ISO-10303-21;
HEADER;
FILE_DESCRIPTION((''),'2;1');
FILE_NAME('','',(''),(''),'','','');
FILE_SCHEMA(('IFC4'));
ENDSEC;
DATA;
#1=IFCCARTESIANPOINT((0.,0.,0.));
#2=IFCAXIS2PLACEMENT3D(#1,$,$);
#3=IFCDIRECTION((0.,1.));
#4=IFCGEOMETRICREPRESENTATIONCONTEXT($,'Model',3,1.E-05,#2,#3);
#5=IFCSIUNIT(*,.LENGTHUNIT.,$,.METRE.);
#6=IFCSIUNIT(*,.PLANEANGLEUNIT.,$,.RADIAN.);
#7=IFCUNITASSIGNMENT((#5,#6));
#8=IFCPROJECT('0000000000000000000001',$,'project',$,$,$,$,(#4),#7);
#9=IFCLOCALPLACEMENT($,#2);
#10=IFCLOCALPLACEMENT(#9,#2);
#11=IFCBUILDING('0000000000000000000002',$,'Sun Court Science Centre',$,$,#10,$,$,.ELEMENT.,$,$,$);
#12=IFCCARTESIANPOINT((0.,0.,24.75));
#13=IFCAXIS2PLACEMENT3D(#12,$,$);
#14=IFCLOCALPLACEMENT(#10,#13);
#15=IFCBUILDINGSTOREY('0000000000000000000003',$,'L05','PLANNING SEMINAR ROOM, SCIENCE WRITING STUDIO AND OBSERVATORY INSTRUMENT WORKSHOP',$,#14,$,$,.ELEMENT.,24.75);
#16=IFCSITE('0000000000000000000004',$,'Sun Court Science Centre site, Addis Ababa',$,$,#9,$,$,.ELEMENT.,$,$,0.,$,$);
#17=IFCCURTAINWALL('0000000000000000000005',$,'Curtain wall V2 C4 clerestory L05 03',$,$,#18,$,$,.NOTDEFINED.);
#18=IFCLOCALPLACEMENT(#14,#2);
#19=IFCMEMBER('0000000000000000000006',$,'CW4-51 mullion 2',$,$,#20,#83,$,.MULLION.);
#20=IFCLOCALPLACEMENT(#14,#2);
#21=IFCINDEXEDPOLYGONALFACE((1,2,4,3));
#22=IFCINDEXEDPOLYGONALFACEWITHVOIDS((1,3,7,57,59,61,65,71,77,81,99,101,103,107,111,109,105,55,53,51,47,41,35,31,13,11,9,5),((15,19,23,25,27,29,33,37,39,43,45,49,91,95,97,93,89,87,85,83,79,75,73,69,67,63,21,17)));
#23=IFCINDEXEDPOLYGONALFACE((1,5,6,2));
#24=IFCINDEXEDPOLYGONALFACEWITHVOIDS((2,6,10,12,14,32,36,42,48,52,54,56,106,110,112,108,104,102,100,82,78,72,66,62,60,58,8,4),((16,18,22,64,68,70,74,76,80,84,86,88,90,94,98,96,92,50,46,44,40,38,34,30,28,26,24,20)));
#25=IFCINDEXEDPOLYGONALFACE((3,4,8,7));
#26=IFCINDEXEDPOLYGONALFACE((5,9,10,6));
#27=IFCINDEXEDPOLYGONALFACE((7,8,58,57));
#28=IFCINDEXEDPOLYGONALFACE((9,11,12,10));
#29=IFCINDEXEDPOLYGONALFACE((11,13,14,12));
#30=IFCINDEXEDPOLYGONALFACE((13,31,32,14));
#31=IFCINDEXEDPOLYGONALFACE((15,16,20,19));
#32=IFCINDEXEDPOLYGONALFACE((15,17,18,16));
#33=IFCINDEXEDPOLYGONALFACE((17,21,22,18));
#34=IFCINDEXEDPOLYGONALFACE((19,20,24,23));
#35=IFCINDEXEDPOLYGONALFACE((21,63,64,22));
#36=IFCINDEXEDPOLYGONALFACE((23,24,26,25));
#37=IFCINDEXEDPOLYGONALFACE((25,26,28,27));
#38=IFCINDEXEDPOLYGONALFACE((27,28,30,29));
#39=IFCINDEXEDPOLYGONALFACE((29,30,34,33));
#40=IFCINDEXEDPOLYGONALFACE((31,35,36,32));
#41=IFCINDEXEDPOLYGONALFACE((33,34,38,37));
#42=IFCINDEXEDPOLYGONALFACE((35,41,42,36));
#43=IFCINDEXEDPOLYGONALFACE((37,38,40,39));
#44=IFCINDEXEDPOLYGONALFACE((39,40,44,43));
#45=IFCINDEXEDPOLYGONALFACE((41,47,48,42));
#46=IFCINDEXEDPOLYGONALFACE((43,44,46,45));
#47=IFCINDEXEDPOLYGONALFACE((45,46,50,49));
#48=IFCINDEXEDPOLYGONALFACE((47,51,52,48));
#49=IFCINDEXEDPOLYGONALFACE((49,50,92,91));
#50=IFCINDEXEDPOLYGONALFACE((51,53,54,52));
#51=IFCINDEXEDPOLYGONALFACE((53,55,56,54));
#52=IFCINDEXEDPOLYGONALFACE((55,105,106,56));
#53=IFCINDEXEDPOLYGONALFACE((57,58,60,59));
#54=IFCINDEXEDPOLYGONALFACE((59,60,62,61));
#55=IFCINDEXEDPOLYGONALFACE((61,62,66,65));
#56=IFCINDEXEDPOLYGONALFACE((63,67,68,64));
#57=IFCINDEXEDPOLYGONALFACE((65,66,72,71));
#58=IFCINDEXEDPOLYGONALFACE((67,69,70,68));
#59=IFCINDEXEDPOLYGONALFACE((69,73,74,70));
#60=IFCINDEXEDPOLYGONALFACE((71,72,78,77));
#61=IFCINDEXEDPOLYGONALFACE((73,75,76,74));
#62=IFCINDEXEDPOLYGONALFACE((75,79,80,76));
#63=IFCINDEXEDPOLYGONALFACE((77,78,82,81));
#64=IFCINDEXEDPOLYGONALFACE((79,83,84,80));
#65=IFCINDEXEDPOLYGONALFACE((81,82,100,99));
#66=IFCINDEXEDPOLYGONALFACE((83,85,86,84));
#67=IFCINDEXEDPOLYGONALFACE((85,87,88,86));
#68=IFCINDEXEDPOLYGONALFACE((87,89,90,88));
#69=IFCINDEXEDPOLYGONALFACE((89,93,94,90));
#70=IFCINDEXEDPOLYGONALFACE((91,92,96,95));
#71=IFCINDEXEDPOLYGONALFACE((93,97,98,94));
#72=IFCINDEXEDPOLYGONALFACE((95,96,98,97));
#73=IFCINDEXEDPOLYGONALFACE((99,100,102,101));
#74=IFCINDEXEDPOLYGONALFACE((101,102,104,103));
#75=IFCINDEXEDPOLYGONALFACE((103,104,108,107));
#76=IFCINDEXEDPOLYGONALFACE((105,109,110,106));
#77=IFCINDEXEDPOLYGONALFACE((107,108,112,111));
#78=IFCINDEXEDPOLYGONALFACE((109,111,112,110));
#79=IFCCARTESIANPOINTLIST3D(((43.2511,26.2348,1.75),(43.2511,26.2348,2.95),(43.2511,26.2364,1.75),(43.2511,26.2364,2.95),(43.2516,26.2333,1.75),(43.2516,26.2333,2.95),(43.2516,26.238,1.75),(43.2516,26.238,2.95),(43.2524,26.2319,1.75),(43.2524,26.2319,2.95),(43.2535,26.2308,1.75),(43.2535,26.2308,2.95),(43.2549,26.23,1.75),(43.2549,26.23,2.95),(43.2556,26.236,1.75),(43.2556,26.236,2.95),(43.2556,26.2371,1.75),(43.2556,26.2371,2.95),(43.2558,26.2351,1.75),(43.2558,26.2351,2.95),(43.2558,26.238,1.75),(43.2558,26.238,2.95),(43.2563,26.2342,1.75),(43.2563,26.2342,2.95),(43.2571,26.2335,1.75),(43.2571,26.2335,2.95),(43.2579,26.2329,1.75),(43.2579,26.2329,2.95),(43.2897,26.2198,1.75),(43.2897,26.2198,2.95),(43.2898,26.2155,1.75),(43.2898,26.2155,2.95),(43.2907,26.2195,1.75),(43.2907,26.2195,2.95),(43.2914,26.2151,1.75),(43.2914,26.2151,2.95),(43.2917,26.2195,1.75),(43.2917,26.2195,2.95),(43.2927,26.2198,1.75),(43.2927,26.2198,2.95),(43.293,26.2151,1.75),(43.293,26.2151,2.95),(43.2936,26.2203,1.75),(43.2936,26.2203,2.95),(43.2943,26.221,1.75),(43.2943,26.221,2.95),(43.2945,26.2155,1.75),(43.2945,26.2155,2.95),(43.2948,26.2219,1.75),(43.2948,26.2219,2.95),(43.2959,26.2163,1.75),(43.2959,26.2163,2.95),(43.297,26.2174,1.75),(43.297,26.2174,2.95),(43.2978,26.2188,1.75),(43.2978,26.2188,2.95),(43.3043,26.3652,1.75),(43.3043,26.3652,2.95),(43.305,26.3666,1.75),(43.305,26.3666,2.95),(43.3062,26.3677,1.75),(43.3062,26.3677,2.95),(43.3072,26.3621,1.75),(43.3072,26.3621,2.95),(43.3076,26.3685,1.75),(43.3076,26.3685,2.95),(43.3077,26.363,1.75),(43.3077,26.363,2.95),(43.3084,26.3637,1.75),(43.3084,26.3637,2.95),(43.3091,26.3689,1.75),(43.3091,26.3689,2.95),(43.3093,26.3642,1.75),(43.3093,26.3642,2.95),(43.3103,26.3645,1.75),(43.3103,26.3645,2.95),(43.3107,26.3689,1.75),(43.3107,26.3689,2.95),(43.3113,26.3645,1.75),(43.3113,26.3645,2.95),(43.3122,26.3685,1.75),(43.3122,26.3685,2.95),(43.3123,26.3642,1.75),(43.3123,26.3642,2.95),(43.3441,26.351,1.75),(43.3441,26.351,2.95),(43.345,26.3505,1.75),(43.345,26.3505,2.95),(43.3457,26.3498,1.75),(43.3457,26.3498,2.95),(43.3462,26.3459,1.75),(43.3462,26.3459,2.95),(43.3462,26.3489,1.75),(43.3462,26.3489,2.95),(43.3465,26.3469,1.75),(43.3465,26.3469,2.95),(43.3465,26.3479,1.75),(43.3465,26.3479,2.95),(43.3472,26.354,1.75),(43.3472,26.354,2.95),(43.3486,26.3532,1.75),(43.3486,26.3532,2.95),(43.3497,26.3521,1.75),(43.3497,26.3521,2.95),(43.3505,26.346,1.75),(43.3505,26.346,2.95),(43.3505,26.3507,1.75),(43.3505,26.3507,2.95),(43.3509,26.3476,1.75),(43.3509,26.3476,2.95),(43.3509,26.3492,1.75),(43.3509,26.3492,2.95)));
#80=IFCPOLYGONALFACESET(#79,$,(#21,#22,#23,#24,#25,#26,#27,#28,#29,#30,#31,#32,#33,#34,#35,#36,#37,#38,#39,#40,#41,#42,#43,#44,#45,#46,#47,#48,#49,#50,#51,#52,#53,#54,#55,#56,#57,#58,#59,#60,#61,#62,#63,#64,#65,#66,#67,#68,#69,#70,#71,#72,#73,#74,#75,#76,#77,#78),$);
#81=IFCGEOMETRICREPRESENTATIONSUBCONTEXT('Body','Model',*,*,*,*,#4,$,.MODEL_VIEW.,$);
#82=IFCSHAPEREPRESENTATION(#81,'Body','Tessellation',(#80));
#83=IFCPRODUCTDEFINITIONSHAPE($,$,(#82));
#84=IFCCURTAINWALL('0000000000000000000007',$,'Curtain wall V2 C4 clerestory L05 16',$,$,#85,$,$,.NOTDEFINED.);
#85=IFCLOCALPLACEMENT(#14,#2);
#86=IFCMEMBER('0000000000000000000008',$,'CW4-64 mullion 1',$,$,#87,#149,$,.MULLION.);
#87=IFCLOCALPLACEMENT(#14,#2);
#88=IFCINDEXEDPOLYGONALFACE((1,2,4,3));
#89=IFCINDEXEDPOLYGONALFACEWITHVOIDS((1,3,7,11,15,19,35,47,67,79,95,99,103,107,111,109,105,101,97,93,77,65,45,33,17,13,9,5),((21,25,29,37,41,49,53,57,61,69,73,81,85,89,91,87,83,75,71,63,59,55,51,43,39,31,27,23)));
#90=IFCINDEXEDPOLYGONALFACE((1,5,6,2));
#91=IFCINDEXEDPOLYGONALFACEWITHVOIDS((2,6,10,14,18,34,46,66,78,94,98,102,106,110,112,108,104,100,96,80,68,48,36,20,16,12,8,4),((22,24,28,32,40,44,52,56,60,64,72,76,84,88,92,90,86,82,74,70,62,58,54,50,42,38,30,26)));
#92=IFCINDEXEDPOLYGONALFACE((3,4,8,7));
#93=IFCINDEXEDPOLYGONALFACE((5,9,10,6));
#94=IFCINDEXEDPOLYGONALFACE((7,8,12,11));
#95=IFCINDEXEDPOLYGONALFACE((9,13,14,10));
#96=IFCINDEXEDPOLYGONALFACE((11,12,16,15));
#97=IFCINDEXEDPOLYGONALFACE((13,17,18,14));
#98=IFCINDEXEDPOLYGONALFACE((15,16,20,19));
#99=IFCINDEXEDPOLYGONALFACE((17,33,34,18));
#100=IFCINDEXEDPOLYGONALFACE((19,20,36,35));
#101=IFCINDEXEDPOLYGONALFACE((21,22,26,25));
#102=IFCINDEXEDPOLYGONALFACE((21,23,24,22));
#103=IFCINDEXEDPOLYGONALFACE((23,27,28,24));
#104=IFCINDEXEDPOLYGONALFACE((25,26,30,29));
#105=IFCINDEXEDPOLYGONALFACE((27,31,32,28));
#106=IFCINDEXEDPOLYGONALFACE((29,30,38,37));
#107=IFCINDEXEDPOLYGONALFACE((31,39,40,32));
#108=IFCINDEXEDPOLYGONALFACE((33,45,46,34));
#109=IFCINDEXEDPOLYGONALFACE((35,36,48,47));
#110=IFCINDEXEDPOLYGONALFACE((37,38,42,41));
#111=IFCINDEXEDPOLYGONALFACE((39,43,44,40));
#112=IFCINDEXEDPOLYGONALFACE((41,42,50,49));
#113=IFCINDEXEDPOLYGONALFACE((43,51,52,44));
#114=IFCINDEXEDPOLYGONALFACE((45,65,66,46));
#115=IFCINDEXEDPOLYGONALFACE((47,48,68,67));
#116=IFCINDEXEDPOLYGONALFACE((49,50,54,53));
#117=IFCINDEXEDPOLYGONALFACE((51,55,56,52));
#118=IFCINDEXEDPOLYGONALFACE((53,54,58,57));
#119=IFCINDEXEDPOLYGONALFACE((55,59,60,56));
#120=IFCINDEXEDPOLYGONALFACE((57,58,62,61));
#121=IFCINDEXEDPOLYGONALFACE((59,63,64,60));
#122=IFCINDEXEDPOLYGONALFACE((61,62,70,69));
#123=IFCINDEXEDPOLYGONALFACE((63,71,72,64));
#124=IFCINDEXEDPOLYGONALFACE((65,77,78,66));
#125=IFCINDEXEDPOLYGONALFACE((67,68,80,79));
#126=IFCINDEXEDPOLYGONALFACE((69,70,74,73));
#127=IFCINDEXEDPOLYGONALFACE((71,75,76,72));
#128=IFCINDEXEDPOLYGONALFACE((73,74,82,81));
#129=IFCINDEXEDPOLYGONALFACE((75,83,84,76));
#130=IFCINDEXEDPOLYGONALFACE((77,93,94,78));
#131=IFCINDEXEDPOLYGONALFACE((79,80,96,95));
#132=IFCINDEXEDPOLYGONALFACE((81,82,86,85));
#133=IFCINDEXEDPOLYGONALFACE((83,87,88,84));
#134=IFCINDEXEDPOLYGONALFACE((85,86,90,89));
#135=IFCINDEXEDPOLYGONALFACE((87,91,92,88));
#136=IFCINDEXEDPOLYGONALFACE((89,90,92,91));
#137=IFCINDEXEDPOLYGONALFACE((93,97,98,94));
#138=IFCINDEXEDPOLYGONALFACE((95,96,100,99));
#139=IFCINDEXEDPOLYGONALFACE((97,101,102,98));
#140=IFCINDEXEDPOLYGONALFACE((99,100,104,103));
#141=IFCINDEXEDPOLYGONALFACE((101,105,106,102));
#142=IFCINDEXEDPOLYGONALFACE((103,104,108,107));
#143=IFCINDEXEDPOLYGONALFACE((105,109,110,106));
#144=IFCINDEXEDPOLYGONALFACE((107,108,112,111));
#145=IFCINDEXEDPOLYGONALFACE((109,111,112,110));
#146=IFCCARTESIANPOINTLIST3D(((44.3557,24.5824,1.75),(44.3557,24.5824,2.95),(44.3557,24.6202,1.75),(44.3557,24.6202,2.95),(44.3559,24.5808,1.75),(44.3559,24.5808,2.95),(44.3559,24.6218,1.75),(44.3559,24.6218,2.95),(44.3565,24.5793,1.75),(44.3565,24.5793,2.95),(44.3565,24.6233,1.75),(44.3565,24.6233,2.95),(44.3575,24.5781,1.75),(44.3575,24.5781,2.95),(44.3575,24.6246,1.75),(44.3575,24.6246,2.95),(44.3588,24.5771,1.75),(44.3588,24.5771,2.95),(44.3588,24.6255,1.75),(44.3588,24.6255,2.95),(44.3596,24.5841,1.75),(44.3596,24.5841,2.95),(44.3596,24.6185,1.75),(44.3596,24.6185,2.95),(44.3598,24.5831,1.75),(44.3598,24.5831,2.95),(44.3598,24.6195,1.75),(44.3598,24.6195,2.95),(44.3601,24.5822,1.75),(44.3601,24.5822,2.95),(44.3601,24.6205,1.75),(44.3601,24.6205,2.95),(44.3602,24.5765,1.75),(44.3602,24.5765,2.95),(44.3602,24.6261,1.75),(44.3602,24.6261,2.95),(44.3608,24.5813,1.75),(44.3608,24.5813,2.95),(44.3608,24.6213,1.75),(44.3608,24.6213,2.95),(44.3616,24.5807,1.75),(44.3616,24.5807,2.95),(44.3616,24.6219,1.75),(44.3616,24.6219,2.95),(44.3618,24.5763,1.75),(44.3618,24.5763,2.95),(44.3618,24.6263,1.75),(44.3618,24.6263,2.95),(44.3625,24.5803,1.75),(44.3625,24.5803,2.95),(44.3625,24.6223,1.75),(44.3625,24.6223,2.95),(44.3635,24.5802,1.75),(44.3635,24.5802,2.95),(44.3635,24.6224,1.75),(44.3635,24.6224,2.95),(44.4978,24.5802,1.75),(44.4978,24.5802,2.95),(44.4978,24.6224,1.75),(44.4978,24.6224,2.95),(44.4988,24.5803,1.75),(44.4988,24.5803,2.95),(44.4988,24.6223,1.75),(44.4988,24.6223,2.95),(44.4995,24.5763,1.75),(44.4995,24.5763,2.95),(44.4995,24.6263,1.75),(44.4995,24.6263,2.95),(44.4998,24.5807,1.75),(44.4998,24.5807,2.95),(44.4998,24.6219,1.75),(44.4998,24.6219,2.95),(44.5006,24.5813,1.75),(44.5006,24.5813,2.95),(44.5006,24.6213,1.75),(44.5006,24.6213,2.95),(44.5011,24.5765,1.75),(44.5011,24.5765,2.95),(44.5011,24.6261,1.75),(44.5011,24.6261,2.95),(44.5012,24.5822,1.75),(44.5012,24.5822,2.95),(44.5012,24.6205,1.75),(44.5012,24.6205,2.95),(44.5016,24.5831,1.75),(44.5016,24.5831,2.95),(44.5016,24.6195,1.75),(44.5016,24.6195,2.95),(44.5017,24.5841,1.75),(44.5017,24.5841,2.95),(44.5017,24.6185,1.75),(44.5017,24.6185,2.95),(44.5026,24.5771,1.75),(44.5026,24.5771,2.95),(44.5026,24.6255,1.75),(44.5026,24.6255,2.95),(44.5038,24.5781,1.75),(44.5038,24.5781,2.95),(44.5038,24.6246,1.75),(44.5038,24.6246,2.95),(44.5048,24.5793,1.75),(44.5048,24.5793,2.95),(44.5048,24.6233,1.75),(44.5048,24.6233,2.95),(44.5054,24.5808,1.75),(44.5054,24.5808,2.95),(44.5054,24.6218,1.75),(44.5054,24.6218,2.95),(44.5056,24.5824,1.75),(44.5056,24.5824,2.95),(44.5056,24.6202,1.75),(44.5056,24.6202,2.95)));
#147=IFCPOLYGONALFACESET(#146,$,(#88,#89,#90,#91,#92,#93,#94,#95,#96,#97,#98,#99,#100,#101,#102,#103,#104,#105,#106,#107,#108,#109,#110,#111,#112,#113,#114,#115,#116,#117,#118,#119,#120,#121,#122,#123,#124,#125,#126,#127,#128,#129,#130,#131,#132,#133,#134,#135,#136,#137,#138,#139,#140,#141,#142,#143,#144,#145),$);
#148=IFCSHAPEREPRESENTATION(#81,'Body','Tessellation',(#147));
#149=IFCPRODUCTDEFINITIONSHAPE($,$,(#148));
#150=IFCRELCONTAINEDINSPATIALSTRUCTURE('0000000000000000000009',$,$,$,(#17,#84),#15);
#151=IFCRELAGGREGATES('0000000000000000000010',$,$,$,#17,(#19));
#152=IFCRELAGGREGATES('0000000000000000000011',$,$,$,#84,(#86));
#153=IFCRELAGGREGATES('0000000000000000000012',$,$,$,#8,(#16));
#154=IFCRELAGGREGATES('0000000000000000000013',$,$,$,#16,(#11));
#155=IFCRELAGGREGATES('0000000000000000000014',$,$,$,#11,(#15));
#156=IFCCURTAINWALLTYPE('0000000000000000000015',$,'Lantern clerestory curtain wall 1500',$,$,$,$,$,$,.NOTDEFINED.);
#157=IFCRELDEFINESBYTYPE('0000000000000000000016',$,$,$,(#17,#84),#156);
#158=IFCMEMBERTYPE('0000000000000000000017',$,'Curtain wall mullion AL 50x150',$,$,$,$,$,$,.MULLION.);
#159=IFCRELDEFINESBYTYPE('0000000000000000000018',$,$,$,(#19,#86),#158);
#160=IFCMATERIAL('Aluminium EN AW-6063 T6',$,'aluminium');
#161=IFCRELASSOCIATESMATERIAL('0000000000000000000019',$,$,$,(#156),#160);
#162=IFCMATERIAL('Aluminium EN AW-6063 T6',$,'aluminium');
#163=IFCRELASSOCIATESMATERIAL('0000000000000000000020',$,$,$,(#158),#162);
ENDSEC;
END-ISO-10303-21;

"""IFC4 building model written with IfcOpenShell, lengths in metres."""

from ifc_helpers import new_model, si_unit, direction, frame, origin, origin_2d, place, context, subcontext, project, spatial, hollow_rectangle, extrude, material, material_profile, profile_set, type_object, element, aggregate, save


model = new_model("IFC4")

# Units and contexts
model_context = context("Model", 3, precision=1e-05, world=origin(), true_north=direction((0.0, 1.0)))
body_context = subcontext(model_context, "Body", "Model", "MODEL_VIEW")
ifc_project = project(units=[si_unit("LENGTHUNIT", "METRE"), si_unit("PLANEANGLEUNIT", "RADIAN")], contexts=[model_context])

# Site, building, storey
site_placement = place(None, origin())
site = spatial("IfcSite", under=ifc_project, at=site_placement, Name="Sun Court Science Centre site, Addis Ababa", CompositionType="ELEMENT", RefElevation=0.0)
building_placement = place(site_placement, origin())
building = spatial("IfcBuilding", under=site, at=building_placement, Name="Sun Court Science Centre", CompositionType="ELEMENT")
storey_placement = place(building_placement, frame((0.0, 0.0, 24.75)))
storey = spatial("IfcBuildingStorey", under=building, at=storey_placement, Name="L05", Description="PLANNING SEMINAR ROOM, SCIENCE WRITING STUDIO AND OBSERVATORY INSTRUMENT WORKSHOP", CompositionType="ELEMENT", Elevation=24.75)

# Shared definitions
ifc_material_1 = material(Name="Aluminium EN AW-6063 T6", Category="aluminium")
curtain_wall_type = type_object("IfcCurtainWallType", Name="Lantern clerestory curtain wall 1500", PredefinedType="NOTDEFINED", material=ifc_material_1)
ifc_material_2 = material(Name="Aluminium EN AW-6063 T6", Category="aluminium")
ifc_material_profile_1 = material_profile(ifc_material_2, hollow_rectangle(XDim=0.05, YDim=0.1499, WallThickness=0.0039, InnerFilletRadius=0.0039, OuterFilletRadius=0.0061, at=origin_2d()), Name="AL 50x150x4")
ifc_profile_set_1 = profile_set([ifc_material_profile_1], Name="Aluminium EN AW-6063 T6")
member_type_1 = type_object("IfcMemberType", Name="Curtain wall mullion AL 50x150", PredefinedType="MULLION", material=ifc_profile_set_1)

# Curtain walls, members
curtain_wall_1_placement = place(storey_placement, origin())
curtain_wall_1 = element("IfcCurtainWall", 1, at=curtain_wall_1_placement, inside=storey, type_object=curtain_wall_type, Name="Curtain wall V2 C4 clerestory L05 03", PredefinedType="NOTDEFINED")
member_1_placement = place(storey_placement, frame((43.301, 26.292, 1.75), z_axis=(0.0, 0.0, 1.0), x_axis=(0.92388, -0.382683, 0.0)))
member_1 = element("IfcMember", 2, at=member_1_placement, type_object=member_type_1, Name="CW4-51 mullion 2", PredefinedType="MULLION", context=body_context, shape_type="SweptSolid", body=[
    extrude(hollow_rectangle(XDim=0.05, YDim=0.1499, WallThickness=0.0039, InnerFilletRadius=0.0039, OuterFilletRadius=0.0061, at=origin_2d()), origin(), (0.0, 0.0, 1.0), 1.2),
])
aggregate(curtain_wall_1, [member_1])
curtain_wall_2_placement = place(storey_placement, origin())
curtain_wall_2 = element("IfcCurtainWall", 3, at=curtain_wall_2_placement, inside=storey, type_object=curtain_wall_type, Name="Curtain wall V2 C4 clerestory L05 16", PredefinedType="NOTDEFINED")
member_2_placement = place(storey_placement, frame((44.4307, 24.6013, 1.75), z_axis=(0.0, 0.0, 1.0), x_axis=(0.0, -1.0, 0.0)))
member_2 = element("IfcMember", 4, at=member_2_placement, type_object=member_type_1, Name="CW4-64 mullion 1", PredefinedType="MULLION", context=body_context, shape_type="SweptSolid", body=[
    extrude(hollow_rectangle(XDim=0.05, YDim=0.1499, WallThickness=0.0039, InnerFilletRadius=0.0039, OuterFilletRadius=0.0061, at=origin_2d()), origin(), (0.0, 0.0, 1.0), 1.2),
])

aggregate(curtain_wall_2, [member_2])

save(model, "model.ifc")
